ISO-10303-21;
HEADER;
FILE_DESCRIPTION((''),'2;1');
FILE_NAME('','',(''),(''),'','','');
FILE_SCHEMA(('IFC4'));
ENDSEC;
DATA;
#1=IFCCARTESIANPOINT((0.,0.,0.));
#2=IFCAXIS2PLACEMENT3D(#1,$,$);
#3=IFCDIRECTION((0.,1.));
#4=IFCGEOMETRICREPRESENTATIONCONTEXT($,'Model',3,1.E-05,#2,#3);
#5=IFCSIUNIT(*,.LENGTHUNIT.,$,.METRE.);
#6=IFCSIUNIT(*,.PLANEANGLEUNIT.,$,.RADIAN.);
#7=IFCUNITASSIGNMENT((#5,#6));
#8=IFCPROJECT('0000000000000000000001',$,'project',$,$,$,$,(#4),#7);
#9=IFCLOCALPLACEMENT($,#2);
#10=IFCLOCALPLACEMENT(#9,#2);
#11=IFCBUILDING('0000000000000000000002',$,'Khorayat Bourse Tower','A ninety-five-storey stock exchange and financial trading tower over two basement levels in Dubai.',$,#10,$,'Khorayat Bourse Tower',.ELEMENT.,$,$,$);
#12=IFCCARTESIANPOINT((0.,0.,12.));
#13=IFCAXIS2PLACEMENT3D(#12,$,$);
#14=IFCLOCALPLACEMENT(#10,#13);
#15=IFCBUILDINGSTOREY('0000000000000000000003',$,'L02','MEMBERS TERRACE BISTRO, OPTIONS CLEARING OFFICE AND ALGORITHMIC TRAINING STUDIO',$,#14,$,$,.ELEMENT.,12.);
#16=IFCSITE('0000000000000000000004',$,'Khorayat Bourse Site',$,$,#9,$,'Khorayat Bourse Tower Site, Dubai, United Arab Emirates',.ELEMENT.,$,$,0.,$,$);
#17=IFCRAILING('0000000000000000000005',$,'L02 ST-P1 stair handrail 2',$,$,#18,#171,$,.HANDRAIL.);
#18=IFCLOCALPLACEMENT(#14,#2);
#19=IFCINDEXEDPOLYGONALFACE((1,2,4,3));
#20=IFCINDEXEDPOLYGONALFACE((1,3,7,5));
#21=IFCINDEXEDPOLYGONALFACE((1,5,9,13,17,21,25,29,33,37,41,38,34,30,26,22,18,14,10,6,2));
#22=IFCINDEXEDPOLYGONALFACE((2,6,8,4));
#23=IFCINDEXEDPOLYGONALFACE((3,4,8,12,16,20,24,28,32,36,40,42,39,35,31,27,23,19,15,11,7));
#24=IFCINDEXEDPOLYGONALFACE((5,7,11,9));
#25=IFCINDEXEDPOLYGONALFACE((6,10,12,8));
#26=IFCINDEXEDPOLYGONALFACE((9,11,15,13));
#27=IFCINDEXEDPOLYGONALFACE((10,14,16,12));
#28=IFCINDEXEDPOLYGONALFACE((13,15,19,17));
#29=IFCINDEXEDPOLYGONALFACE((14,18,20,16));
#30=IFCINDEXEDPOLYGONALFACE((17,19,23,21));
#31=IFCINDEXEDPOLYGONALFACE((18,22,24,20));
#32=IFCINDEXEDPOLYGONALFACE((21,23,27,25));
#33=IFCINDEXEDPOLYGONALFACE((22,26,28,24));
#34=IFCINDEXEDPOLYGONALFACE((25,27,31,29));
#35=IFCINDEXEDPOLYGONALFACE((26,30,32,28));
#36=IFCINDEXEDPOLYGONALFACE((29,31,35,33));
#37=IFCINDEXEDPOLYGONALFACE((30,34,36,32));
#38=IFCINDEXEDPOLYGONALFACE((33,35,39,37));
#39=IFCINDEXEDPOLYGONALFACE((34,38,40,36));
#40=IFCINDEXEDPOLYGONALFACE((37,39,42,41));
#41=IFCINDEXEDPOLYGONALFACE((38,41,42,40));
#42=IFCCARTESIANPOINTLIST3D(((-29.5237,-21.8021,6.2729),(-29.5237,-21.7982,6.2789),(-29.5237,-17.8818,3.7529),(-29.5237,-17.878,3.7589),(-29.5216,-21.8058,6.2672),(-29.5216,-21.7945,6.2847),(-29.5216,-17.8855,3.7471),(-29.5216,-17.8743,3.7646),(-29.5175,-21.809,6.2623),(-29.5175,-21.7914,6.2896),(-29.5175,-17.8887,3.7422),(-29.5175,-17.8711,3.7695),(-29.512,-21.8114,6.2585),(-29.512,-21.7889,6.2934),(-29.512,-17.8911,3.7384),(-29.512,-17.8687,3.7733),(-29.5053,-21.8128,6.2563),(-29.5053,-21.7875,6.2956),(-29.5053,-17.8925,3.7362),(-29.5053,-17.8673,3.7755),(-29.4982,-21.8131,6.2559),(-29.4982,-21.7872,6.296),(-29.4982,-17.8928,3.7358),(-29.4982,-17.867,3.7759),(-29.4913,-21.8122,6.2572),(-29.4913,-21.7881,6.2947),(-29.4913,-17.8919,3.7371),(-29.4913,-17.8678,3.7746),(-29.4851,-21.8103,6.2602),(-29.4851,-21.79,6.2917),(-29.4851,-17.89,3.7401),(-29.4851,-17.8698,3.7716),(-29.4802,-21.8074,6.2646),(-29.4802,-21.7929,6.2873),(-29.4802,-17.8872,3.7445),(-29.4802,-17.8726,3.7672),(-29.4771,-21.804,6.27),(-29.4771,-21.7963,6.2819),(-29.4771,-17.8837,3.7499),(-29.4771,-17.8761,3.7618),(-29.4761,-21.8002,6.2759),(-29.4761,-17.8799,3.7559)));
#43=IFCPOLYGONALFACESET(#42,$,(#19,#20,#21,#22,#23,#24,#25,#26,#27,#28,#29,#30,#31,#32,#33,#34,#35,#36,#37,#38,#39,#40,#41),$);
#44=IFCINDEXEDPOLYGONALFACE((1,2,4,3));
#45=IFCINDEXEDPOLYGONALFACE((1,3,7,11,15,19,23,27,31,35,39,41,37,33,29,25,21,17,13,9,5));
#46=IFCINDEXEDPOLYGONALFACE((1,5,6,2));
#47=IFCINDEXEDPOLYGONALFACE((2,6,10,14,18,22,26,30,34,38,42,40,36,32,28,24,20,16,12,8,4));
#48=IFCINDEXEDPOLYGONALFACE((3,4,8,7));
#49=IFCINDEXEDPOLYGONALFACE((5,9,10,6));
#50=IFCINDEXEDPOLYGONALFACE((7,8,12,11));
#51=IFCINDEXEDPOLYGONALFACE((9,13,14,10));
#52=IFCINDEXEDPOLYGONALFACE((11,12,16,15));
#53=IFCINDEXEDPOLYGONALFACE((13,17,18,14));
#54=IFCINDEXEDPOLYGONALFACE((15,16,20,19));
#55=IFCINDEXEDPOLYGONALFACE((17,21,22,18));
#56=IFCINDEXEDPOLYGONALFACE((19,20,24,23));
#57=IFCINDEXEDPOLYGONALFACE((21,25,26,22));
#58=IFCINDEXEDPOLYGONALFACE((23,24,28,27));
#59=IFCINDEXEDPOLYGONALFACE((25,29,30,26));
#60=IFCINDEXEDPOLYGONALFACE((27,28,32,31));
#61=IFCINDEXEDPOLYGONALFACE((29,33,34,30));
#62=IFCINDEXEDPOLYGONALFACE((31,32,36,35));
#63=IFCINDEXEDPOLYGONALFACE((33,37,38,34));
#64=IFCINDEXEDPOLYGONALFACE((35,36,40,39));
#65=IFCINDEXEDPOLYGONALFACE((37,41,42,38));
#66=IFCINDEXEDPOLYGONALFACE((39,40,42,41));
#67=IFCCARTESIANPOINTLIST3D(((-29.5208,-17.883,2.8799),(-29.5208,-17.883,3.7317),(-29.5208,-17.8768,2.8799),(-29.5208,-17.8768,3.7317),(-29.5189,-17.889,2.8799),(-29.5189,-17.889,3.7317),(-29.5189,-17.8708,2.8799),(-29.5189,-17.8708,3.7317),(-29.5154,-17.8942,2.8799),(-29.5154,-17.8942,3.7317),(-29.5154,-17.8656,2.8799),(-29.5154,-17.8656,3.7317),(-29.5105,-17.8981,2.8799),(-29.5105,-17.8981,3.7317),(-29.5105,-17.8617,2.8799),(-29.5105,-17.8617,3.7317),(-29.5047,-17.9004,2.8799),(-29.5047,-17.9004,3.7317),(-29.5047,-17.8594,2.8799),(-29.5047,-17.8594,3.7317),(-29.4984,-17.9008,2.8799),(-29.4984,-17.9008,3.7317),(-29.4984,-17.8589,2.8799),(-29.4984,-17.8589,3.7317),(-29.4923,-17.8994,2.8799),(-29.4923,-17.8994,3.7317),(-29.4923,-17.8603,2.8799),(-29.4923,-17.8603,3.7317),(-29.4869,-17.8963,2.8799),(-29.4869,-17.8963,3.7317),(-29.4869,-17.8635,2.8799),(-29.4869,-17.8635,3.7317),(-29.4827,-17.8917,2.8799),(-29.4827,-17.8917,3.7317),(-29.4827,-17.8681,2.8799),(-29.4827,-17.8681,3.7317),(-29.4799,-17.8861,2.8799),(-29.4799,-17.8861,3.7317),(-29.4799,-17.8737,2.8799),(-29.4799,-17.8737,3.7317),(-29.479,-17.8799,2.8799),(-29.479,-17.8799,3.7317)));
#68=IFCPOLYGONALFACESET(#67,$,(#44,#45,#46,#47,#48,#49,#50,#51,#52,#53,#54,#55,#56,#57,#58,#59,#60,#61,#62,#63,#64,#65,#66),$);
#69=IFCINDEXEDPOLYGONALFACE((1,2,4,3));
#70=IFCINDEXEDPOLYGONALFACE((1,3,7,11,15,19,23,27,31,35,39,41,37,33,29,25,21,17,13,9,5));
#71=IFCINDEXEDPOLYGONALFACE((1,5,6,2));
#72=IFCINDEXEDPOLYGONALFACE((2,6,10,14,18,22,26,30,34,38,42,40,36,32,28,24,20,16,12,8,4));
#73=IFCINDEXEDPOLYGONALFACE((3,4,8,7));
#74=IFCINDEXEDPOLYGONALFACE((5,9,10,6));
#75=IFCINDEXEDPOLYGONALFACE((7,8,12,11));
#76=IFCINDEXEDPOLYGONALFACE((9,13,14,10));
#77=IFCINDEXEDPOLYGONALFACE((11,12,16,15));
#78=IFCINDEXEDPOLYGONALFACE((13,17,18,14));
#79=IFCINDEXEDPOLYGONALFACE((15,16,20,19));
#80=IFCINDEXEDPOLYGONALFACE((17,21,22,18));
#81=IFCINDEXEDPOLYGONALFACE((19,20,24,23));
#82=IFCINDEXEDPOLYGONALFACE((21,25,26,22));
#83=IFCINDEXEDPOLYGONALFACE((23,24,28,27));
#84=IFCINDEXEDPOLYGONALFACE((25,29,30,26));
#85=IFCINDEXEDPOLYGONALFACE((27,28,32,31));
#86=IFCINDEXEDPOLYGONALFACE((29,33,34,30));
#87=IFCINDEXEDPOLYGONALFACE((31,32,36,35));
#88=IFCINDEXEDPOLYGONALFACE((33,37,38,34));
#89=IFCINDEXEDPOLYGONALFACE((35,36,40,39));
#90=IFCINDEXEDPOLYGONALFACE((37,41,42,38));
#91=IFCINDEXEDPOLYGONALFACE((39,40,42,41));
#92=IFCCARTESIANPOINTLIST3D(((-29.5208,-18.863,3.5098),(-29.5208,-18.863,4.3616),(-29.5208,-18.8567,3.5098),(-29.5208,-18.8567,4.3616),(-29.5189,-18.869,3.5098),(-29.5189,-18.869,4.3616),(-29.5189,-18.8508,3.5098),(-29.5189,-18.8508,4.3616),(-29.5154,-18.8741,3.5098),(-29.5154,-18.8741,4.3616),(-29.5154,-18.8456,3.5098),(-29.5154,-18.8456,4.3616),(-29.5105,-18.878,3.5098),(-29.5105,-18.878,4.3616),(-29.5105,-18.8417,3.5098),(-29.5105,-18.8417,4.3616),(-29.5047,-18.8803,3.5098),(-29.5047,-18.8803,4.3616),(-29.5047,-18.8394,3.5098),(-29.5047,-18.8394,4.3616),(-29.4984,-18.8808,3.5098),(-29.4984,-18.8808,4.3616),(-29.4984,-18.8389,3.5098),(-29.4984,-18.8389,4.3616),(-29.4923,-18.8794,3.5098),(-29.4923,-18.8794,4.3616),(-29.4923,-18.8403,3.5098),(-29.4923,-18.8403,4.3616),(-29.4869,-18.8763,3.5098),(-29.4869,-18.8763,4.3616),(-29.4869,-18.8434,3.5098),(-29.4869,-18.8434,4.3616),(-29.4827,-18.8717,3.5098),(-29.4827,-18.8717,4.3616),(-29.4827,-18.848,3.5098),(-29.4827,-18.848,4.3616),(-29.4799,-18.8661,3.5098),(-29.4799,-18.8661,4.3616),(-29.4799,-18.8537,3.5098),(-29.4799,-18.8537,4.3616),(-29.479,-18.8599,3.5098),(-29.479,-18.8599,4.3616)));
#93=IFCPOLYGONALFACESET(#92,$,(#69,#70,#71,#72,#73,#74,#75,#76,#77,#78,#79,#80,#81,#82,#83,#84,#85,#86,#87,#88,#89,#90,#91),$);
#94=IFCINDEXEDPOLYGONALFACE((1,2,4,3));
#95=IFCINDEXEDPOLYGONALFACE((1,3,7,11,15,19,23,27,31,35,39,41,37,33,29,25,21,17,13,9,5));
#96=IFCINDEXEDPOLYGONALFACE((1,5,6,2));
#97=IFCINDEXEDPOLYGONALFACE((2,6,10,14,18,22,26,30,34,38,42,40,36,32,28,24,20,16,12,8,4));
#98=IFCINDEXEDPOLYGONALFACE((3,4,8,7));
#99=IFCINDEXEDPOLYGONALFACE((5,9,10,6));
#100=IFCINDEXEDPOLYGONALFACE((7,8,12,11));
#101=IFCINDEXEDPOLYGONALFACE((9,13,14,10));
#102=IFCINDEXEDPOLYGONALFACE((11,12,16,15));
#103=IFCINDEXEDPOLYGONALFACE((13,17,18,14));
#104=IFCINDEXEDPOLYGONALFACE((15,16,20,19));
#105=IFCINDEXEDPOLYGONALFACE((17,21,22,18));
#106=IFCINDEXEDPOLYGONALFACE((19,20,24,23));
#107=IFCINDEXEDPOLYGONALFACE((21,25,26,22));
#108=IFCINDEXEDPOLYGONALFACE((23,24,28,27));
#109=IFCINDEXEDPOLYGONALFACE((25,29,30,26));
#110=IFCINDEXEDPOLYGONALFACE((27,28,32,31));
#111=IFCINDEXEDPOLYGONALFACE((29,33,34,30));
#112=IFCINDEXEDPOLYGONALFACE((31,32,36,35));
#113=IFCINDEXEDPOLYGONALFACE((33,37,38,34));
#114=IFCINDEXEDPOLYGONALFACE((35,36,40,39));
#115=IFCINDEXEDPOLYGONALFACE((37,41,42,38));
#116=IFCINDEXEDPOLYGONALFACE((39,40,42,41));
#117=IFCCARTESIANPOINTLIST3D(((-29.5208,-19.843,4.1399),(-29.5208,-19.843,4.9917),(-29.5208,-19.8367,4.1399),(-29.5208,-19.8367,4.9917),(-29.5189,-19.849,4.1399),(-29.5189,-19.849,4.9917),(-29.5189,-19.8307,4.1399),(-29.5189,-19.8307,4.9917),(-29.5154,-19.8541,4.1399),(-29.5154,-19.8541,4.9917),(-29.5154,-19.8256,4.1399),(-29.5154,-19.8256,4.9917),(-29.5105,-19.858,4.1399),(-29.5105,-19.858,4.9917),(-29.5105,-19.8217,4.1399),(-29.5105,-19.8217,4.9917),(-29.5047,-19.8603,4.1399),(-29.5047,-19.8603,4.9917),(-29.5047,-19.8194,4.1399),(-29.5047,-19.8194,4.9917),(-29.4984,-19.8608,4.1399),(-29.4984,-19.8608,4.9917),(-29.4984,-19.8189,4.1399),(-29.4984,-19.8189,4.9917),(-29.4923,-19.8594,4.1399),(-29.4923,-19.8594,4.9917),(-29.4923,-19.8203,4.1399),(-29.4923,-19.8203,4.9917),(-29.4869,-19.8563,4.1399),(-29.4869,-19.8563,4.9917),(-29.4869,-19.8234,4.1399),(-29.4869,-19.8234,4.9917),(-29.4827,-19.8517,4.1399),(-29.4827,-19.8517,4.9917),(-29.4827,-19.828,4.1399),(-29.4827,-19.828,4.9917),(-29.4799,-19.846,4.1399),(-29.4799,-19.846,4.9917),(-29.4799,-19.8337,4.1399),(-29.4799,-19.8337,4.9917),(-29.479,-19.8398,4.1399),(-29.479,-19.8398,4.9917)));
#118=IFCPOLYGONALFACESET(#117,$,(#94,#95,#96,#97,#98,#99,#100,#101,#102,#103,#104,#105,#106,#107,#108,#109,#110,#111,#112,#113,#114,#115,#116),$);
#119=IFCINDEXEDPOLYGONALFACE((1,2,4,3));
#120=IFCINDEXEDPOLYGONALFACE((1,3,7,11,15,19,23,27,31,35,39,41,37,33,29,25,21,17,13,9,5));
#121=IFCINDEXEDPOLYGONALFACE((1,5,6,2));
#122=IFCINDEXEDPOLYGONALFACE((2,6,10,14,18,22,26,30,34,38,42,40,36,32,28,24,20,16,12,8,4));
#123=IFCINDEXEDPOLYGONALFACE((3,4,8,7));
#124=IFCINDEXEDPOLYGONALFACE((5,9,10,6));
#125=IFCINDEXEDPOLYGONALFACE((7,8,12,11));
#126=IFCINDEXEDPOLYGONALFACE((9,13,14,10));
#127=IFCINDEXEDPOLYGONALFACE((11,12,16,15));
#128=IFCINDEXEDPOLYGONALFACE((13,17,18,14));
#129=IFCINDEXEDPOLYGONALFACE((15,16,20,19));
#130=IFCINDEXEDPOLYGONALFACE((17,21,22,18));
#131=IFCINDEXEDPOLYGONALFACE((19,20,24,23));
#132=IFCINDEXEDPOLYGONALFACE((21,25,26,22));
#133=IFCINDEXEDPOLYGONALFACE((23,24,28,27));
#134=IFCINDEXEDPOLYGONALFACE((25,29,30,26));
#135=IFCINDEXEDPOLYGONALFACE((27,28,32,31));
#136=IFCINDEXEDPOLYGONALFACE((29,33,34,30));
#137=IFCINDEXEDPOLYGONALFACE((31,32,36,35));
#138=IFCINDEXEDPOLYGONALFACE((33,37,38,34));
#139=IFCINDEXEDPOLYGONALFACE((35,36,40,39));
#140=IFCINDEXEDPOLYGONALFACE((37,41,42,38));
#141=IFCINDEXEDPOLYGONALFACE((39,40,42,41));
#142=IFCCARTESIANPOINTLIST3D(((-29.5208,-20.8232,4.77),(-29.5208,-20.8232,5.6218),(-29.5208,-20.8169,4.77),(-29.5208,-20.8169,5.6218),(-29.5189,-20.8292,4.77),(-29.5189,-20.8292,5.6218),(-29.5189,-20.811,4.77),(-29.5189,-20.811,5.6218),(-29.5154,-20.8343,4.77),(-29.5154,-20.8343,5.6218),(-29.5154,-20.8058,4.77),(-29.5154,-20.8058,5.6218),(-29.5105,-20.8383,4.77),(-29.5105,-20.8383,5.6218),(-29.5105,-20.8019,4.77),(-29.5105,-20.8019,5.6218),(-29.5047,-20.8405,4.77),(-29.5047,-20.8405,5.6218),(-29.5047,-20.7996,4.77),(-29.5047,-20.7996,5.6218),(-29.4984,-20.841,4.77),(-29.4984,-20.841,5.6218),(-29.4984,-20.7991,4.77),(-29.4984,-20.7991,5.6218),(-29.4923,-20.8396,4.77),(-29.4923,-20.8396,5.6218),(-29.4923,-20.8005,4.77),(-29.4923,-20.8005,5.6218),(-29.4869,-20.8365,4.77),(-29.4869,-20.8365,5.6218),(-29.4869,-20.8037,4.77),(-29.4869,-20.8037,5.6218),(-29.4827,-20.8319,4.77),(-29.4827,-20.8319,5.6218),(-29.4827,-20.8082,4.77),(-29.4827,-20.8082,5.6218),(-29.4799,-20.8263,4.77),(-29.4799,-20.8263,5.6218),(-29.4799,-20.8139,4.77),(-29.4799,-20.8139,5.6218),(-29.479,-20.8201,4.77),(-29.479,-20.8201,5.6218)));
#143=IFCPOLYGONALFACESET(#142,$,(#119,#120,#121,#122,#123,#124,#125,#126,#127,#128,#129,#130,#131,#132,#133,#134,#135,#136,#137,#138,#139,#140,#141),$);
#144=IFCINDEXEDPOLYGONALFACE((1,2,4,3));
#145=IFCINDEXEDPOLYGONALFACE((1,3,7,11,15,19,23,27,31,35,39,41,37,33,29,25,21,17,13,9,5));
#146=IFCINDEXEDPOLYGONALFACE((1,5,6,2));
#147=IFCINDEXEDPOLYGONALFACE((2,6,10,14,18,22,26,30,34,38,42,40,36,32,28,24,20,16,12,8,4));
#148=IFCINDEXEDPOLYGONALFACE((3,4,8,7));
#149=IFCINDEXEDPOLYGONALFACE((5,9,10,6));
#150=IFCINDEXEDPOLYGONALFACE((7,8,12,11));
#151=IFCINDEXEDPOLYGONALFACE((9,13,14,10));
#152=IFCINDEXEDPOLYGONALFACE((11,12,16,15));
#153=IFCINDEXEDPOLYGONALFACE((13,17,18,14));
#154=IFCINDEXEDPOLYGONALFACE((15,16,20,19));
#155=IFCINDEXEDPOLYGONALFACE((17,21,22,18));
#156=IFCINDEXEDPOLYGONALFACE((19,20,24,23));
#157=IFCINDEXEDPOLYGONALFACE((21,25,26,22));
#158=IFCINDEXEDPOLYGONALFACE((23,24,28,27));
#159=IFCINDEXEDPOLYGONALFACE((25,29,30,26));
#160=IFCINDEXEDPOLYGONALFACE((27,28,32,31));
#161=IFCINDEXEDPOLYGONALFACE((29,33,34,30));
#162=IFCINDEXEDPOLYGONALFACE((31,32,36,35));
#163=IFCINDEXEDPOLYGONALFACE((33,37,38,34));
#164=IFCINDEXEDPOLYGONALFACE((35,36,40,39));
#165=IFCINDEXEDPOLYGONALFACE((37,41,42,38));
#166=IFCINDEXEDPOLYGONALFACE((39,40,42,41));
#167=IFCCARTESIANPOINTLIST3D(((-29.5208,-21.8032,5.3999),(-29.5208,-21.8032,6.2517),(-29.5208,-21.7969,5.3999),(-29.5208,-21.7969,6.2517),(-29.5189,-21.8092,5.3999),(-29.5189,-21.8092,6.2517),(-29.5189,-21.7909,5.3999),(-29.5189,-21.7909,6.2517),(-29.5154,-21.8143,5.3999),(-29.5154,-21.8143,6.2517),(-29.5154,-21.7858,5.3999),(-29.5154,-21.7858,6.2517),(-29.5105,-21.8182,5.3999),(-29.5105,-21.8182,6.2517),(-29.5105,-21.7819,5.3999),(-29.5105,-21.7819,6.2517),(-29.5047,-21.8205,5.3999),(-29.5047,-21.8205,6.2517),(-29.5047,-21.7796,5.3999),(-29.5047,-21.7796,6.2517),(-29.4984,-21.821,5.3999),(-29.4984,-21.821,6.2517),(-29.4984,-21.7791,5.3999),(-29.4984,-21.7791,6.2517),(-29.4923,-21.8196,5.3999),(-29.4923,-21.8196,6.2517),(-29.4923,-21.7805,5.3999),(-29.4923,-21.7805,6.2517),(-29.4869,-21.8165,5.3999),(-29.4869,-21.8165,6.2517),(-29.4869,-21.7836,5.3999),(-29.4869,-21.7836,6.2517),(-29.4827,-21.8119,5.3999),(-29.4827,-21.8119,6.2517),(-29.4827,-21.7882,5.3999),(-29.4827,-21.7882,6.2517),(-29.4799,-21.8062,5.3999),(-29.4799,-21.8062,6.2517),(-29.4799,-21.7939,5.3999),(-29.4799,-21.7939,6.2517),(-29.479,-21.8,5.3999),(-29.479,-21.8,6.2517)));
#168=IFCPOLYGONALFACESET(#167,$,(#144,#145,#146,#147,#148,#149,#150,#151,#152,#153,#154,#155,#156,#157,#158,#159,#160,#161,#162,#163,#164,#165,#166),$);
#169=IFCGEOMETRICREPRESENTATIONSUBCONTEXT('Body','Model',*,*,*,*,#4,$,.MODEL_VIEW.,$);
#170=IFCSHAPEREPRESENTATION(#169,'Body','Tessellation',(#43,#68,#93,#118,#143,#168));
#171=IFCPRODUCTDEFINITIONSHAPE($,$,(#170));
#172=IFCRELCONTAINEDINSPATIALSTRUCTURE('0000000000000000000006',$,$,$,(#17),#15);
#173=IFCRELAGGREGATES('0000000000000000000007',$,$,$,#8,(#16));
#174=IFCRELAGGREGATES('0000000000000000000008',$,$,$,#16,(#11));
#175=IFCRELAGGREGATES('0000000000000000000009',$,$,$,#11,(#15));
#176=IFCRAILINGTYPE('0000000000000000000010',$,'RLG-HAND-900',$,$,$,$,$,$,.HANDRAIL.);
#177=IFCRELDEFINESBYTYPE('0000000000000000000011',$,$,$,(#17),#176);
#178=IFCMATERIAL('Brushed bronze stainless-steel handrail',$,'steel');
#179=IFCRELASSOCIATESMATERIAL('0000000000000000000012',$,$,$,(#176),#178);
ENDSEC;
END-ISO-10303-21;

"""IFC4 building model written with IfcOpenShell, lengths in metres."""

from ifc_helpers import new_model, si_unit, direction, frame, origin, origin_2d, place, context, subcontext, project, spatial, circle, extrude, source, transform, mapped, material, type_object, element, save


model = new_model("IFC4")

# Units and contexts
model_context = context("Model", 3, precision=1e-05, world=origin(), true_north=direction((0.0, 1.0)))
body_context = subcontext(model_context, "Body", "Model", "MODEL_VIEW")
ifc_project = project(units=[si_unit("LENGTHUNIT", "METRE"), si_unit("PLANEANGLEUNIT", "RADIAN")], contexts=[model_context])

# Site, building, storey
site_placement = place(None, origin())
site = spatial("IfcSite", under=ifc_project, at=site_placement, Name="Khorayat Bourse Site", LongName="Khorayat Bourse Tower Site, Dubai, United Arab Emirates", CompositionType="ELEMENT", RefElevation=0.0)
building_placement = place(site_placement, origin())
building = spatial("IfcBuilding", under=site, at=building_placement, Name="Khorayat Bourse Tower", Description="A ninety-five-storey stock exchange and financial trading tower over two basement levels in Dubai.", LongName="Khorayat Bourse Tower", CompositionType="ELEMENT")
storey_placement = place(building_placement, frame((0.0, 0.0, 12.0)))
storey = spatial("IfcBuildingStorey", under=building, at=storey_placement, Name="L02", Description="MEMBERS TERRACE BISTRO, OPTIONS CLEARING OFFICE AND ALGORITHMIC TRAINING STUDIO", CompositionType="ELEMENT", Elevation=12.0)

# Railing
ifc_material_1 = material(Name="Brushed bronze stainless-steel handrail", Category="steel")
railing_type_1 = type_object("IfcRailingType", Name="RLG-HAND-900", PredefinedType="HANDRAIL", material=ifc_material_1)
shared_shape_1 = source(origin(), body_context, "Body", "SweptSolid", [
    extrude(circle(Radius=0.0239, at=origin_2d()), frame((0.0, 0.0, 0.876), z_axis=(0.0, -0.841187, 0.540744), x_axis=(1.0, 0.0, 0.0)), (0.0, 0.0, 1.0), 4.6604),
    extrude(circle(Radius=0.021, at=origin_2d()), origin(), (0.0, 0.0, 1.0), 0.8518),
    extrude(circle(Radius=0.021, at=origin_2d()), frame((0.0, -0.98, 0.6299)), (0.0, 0.0, 1.0), 0.8518),
    extrude(circle(Radius=0.021, at=origin_2d()), frame((0.0, -1.96, 1.26)), (0.0, 0.0, 1.0), 0.8518),
    extrude(circle(Radius=0.021, at=origin_2d()), frame((0.0, -2.9402, 1.8901)), (0.0, 0.0, 1.0), 0.8518),
    extrude(circle(Radius=0.021, at=origin_2d()), frame((0.0, -3.9202, 2.52)), (0.0, 0.0, 1.0), 0.8518),
])
railing_1_placement = place(storey_placement, frame((-29.5, -17.8799, 2.8799)))
element("IfcRailing", 1, at=railing_1_placement, inside=storey, type_object=railing_type_1, Name="L02 ST-P1 stair handrail 2", PredefinedType="HANDRAIL", context=body_context, shape_type="MappedRepresentation", body=[
    mapped(shared_shape_1, transform((0.0, 0.0, 0.0), scale=1.0)),
])

save(model, "model.ifc")
